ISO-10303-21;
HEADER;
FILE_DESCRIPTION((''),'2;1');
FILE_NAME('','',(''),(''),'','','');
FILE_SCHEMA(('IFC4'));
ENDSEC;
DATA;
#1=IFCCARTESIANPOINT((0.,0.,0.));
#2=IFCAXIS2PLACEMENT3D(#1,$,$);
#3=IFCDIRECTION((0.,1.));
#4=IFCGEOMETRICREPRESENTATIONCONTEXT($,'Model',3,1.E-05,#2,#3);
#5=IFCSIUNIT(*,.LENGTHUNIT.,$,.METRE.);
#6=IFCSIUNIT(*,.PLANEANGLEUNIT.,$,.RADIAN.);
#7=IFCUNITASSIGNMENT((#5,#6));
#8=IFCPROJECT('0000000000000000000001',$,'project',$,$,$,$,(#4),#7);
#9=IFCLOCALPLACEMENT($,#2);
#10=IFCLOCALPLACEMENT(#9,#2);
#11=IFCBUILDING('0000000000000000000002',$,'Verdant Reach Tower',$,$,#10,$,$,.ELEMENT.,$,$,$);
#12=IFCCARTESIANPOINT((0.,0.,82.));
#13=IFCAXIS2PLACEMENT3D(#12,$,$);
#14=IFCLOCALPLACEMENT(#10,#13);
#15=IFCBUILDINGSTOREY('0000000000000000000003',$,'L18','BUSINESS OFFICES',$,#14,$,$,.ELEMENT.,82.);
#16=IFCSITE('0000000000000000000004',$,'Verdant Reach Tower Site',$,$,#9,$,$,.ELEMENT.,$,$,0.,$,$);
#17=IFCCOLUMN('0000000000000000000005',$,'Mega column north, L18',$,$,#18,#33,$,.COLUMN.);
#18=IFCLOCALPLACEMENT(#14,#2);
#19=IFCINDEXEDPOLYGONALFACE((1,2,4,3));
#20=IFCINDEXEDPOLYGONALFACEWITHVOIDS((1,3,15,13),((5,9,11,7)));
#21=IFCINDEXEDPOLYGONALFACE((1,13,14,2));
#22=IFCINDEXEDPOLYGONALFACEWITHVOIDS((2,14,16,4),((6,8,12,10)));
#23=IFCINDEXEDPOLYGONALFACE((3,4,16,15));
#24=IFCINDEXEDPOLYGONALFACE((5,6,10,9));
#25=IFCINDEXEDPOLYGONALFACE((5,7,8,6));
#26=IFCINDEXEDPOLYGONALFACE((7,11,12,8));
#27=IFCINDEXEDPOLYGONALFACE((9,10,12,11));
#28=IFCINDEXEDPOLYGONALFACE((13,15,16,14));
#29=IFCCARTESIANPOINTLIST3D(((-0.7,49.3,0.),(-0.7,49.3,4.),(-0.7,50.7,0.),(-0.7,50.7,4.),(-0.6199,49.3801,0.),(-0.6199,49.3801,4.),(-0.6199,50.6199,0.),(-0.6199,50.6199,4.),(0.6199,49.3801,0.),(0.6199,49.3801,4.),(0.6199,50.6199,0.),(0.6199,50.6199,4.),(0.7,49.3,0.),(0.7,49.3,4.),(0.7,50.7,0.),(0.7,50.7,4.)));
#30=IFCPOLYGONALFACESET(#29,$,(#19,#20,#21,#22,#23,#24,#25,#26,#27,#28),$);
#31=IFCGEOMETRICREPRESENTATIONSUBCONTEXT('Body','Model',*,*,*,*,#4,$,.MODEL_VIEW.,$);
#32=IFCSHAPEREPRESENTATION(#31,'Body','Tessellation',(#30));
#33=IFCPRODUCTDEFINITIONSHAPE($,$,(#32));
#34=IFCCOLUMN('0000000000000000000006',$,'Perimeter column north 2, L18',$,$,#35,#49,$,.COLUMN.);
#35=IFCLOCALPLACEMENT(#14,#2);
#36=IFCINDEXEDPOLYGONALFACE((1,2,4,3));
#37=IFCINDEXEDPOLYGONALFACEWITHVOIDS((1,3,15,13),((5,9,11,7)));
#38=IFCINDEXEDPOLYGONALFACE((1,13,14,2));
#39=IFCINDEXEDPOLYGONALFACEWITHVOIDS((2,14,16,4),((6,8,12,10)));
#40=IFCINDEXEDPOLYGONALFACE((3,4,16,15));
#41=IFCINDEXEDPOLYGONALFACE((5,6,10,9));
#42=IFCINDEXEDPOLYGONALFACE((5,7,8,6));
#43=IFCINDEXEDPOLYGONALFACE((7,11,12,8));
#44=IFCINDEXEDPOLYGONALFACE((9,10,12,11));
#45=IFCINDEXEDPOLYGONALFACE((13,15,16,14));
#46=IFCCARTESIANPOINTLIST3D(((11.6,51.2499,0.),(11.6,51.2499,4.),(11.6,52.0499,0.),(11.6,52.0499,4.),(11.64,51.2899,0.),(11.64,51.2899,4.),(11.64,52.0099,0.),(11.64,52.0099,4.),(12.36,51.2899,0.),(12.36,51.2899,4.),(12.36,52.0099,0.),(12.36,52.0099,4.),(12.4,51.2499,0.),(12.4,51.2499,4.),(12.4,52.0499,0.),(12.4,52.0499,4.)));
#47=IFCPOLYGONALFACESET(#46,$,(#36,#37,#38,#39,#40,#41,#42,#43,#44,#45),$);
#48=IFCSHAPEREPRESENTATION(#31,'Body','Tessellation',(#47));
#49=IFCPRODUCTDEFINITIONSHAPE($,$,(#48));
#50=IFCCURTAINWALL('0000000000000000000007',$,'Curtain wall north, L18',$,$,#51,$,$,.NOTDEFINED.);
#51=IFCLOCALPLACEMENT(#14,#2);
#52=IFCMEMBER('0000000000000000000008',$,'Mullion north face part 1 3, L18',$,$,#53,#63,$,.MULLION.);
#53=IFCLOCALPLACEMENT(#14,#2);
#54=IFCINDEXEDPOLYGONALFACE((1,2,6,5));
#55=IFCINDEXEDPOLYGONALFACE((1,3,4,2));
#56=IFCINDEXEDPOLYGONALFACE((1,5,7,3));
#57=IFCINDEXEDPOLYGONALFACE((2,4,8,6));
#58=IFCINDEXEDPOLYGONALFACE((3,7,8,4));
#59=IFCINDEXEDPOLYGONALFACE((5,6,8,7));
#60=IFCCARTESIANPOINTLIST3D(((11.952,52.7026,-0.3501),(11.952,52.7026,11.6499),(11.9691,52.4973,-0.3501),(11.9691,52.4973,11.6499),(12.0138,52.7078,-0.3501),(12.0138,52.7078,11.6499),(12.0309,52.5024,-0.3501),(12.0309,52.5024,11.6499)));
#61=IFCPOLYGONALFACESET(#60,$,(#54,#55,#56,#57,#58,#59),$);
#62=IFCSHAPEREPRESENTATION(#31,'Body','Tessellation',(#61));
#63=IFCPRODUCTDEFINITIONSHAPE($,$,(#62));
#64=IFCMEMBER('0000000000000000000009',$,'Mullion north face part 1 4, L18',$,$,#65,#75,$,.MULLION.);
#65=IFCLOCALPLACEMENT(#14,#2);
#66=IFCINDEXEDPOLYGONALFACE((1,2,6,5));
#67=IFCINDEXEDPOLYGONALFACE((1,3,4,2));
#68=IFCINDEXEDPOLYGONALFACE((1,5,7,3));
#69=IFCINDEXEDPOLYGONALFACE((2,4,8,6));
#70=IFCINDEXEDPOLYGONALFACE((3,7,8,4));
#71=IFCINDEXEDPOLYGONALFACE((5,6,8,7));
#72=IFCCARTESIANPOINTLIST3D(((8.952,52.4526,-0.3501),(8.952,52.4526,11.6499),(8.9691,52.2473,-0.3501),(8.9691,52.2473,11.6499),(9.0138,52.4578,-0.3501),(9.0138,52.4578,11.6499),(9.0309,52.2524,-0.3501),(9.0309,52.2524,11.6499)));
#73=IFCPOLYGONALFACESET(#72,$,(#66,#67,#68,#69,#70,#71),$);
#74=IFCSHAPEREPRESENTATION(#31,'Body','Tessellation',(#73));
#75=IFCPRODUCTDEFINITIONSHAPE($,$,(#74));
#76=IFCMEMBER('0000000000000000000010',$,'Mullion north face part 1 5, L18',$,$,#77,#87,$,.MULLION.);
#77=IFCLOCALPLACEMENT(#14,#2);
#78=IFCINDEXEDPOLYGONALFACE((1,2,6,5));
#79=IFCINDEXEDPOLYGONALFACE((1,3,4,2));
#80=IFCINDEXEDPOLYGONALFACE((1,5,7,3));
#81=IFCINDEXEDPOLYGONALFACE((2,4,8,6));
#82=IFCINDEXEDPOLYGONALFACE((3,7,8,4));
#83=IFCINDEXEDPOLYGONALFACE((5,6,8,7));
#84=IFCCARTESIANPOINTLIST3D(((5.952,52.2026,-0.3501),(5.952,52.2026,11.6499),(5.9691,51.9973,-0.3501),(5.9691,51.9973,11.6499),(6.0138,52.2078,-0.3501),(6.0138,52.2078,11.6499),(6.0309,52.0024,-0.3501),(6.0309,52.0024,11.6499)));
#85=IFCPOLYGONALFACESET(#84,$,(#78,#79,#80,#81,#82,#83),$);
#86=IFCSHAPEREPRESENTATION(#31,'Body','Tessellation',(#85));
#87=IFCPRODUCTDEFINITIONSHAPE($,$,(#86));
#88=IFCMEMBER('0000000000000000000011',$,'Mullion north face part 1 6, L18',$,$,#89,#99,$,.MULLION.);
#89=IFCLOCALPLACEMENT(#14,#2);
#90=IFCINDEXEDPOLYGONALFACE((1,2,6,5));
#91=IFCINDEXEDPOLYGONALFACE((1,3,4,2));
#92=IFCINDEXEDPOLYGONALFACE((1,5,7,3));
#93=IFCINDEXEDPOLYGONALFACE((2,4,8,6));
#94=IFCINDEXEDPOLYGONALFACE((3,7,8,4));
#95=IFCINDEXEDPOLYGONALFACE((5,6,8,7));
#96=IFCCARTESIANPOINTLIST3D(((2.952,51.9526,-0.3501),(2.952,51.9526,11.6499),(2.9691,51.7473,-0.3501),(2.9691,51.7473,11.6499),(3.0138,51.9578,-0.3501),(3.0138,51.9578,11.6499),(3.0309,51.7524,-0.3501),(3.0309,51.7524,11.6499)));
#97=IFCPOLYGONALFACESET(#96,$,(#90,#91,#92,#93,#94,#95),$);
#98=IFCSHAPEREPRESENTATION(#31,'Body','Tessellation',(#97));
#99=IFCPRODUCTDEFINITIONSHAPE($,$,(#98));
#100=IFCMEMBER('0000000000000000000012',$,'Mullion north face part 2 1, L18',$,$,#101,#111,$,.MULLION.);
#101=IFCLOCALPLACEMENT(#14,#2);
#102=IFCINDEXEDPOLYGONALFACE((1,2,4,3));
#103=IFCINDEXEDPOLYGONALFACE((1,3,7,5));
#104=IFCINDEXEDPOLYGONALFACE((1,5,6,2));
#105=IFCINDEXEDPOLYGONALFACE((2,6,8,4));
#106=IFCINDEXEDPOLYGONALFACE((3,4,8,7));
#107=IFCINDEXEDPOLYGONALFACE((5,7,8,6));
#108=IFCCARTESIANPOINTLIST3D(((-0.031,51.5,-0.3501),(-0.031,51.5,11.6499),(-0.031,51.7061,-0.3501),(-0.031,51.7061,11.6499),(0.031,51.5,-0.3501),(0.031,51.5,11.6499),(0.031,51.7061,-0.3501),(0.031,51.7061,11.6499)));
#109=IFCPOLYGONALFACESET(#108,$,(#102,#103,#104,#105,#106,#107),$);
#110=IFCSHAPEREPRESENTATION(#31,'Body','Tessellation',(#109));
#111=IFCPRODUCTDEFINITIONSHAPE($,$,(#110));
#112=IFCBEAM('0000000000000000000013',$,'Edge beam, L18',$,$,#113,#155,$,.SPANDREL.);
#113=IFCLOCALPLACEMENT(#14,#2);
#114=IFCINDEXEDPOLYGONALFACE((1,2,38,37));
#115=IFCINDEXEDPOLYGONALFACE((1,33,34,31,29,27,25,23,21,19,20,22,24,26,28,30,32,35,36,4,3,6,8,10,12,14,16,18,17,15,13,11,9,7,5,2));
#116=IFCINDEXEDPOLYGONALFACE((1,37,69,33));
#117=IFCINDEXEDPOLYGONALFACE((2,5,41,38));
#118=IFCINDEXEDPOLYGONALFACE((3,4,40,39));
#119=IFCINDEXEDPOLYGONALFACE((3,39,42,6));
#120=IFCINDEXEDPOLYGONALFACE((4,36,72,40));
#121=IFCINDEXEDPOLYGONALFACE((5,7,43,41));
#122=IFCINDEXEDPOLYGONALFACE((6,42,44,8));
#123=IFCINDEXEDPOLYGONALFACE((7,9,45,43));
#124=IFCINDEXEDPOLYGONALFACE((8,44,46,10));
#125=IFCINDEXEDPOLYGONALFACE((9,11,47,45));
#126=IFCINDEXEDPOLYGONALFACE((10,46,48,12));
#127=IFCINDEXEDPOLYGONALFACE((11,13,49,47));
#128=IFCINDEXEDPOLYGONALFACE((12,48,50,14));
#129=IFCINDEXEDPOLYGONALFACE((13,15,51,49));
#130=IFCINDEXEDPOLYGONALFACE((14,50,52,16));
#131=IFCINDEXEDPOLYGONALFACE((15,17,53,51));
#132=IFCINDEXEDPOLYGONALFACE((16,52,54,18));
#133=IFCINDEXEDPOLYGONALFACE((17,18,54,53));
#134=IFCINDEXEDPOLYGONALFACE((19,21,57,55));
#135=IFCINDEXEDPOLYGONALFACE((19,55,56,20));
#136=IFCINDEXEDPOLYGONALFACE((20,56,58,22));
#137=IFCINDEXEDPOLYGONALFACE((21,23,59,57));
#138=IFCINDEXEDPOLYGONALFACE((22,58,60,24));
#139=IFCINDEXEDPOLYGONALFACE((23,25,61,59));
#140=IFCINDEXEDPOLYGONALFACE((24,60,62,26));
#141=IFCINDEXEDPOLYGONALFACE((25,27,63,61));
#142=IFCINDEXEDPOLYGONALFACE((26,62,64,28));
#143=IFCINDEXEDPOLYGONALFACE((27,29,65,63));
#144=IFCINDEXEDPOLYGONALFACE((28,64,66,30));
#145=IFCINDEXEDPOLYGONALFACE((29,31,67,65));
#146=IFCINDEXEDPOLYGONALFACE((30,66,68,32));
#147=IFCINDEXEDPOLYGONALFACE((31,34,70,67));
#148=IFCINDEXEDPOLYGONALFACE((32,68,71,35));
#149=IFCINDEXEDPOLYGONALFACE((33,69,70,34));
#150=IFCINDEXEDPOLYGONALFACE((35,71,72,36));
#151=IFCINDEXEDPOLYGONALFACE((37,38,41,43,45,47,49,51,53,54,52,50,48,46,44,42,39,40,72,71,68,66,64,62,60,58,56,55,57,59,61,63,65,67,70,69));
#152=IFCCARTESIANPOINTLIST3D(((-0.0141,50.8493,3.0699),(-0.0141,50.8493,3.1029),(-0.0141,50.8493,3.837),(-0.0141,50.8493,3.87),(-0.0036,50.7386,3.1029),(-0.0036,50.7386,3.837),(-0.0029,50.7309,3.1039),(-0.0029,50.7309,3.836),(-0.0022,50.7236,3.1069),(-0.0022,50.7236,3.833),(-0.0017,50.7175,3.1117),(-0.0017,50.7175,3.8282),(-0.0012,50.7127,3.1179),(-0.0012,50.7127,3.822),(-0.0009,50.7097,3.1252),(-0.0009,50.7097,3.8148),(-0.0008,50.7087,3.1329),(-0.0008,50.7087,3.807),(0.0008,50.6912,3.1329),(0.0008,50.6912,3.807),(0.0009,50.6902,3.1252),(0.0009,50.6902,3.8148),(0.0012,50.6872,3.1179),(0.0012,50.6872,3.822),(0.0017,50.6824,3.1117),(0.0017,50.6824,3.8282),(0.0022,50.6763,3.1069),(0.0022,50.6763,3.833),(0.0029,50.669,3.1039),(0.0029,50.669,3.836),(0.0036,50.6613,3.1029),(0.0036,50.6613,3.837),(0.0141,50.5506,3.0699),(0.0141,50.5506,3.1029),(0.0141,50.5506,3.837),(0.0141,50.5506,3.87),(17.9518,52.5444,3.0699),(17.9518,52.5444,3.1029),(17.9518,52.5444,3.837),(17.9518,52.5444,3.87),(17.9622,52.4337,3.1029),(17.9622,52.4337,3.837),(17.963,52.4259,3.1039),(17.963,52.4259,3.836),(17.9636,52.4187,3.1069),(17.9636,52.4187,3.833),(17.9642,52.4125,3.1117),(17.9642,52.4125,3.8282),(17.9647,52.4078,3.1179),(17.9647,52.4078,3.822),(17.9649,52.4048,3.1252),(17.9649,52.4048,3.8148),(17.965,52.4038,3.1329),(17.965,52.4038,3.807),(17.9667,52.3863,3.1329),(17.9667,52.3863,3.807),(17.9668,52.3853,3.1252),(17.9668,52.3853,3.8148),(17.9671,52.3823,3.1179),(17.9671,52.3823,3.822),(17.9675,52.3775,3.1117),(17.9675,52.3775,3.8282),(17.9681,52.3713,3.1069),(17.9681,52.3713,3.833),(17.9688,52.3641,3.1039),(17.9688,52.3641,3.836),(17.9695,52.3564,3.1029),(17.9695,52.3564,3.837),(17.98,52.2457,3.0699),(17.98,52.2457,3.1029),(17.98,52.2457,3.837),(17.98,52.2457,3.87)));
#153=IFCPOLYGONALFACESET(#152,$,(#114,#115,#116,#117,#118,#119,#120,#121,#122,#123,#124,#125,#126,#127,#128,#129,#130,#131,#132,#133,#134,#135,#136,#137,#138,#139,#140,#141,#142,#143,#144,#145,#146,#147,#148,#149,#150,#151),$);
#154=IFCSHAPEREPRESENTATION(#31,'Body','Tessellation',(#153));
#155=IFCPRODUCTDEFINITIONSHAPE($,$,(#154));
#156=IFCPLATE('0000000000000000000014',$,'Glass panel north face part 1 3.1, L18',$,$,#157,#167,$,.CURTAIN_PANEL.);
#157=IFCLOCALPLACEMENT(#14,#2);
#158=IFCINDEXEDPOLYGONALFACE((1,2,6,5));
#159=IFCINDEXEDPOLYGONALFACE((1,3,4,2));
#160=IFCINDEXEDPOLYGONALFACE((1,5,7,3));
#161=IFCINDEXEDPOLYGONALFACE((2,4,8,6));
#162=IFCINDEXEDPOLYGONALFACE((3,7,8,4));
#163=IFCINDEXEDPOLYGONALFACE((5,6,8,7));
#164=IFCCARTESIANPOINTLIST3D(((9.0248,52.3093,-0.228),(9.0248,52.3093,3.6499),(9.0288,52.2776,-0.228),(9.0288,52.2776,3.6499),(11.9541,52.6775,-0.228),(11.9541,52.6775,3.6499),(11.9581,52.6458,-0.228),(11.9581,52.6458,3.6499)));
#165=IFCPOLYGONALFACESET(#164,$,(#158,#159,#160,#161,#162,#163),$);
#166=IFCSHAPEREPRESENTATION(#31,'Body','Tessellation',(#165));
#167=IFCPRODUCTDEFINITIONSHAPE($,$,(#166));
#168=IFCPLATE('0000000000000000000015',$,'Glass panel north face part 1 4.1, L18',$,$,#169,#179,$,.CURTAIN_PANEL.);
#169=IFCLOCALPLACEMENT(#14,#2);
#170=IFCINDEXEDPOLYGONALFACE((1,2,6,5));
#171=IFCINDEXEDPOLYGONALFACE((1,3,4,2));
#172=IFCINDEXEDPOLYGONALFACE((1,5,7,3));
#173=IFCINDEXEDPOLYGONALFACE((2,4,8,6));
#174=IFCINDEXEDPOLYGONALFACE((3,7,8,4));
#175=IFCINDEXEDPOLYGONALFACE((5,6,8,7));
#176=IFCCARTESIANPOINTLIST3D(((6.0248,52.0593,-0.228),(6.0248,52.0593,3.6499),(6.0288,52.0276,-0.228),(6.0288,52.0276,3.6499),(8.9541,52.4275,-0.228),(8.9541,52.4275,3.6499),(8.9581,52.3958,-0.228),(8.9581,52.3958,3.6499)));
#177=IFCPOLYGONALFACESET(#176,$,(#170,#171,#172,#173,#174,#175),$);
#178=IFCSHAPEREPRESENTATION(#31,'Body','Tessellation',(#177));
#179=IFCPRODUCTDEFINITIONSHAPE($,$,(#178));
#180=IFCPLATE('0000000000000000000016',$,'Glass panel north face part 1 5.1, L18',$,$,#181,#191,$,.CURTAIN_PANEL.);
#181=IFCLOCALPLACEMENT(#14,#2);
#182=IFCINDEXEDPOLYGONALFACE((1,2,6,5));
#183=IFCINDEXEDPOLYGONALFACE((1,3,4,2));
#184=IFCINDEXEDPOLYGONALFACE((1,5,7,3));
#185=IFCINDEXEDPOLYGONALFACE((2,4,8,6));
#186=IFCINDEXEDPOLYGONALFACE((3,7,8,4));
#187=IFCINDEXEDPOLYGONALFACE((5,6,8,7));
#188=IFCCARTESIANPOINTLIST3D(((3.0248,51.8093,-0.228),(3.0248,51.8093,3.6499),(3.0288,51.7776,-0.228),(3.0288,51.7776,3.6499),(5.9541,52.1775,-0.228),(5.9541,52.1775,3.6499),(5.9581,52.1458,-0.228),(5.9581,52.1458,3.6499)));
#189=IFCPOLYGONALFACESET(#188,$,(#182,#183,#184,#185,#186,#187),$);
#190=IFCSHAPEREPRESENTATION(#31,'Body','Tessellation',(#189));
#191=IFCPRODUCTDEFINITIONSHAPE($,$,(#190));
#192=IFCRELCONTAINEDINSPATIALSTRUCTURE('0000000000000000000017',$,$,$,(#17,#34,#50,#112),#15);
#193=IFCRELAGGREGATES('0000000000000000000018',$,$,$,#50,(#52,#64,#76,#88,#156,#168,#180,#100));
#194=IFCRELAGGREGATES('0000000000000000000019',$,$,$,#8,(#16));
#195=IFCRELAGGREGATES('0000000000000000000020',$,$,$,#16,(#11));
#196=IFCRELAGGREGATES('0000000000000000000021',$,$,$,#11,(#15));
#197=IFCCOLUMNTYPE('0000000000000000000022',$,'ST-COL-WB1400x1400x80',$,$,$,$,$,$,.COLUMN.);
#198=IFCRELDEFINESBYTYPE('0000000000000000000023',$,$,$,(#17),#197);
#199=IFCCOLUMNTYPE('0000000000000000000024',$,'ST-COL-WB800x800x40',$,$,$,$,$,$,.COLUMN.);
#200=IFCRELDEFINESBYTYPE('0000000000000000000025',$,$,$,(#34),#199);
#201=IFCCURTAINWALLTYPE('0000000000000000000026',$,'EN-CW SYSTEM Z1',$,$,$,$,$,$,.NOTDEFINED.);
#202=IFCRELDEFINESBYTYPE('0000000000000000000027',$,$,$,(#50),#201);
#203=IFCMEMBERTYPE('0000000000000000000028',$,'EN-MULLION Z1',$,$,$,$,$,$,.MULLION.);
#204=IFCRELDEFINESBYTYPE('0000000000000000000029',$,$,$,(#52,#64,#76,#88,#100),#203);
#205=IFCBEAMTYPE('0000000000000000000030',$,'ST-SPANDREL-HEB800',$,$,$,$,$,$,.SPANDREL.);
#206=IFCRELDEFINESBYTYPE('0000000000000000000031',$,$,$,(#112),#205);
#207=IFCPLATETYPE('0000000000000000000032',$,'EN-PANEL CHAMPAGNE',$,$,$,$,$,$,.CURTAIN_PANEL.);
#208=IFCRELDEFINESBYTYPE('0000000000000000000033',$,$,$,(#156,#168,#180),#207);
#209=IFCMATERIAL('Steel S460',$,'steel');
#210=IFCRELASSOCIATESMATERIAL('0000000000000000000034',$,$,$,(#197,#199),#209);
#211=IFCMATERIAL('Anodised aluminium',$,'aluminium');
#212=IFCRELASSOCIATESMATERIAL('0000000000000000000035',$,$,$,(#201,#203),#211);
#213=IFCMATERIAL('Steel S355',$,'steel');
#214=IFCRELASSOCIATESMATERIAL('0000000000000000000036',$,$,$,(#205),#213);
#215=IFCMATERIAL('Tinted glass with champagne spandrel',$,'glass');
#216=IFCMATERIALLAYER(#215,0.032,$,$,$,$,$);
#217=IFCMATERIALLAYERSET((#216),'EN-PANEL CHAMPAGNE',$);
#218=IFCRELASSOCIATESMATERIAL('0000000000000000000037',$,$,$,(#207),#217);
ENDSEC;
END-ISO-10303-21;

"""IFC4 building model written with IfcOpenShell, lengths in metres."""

from ifc_helpers import new_model, si_unit, direction, frame, origin, origin_2d, place, context, subcontext, project, spatial, rectangle, hollow_rectangle, i_section, extrude, material, layer, layer_set, material_profile, profile_set, type_object, element, aggregate, save


model = new_model("IFC4")

# Units and contexts
model_context = context("Model", 3, precision=1e-05, world=origin(), true_north=direction((0.0, 1.0)))
body_context = subcontext(model_context, "Body", "Model", "MODEL_VIEW")
ifc_project = project(units=[si_unit("LENGTHUNIT", "METRE"), si_unit("PLANEANGLEUNIT", "RADIAN")], contexts=[model_context])

# Site, building, storey
site_placement = place(None, origin())
site = spatial("IfcSite", under=ifc_project, at=site_placement, Name="Verdant Reach Tower Site", CompositionType="ELEMENT", RefElevation=0.0)
building_placement = place(site_placement, origin())
building = spatial("IfcBuilding", under=site, at=building_placement, Name="Verdant Reach Tower", CompositionType="ELEMENT")
storey_placement = place(building_placement, frame((0.0, 0.0, 82.0)))
storey = spatial("IfcBuildingStorey", under=building, at=storey_placement, Name="L18", Description="BUSINESS OFFICES", CompositionType="ELEMENT", Elevation=82.0)

# Columns
ifc_material_1 = material(Name="Steel S460", Category="steel")
ifc_material_profile_1 = material_profile(ifc_material_1, hollow_rectangle(XDim=1.3999, YDim=1.3999, WallThickness=0.0801, at=origin_2d()), Name="WB 1400x1400x80")
ifc_profile_set_1 = profile_set([ifc_material_profile_1], Name="Steel S460")
column_type_1 = type_object("IfcColumnType", Name="ST-COL-WB1400x1400x80", PredefinedType="COLUMN", material=ifc_profile_set_1)
column_1_placement = place(storey_placement, frame((0.0, 50.0, 0.0), z_axis=(0.0, 0.0, 1.0), x_axis=(1.0, 0.0, 0.0)))
element("IfcColumn", 1, at=column_1_placement, inside=storey, type_object=column_type_1, Name="Mega column north, L18", PredefinedType="COLUMN", context=body_context, shape_type="SweptSolid", body=[
    extrude(hollow_rectangle(XDim=1.3999, YDim=1.3999, WallThickness=0.0801, at=origin_2d()), origin(), (0.0, 0.0, 1.0), 4.0),
])
ifc_material_profile_2 = material_profile(ifc_material_1, hollow_rectangle(XDim=0.8, YDim=0.8, WallThickness=0.04, at=origin_2d()), Name="WB 800x800x40")
ifc_profile_set_2 = profile_set([ifc_material_profile_2], Name="Steel S460")
column_type_2 = type_object("IfcColumnType", Name="ST-COL-WB800x800x40", PredefinedType="COLUMN", material=ifc_profile_set_2)
column_2_placement = place(storey_placement, frame((12.0, 51.6499, 0.0), z_axis=(0.0, 0.0, 1.0), x_axis=(1.0, 0.0, 0.0)))
element("IfcColumn", 2, at=column_2_placement, inside=storey, type_object=column_type_2, Name="Perimeter column north 2, L18", PredefinedType="COLUMN", context=body_context, shape_type="SweptSolid", body=[
    extrude(hollow_rectangle(XDim=0.8, YDim=0.8, WallThickness=0.04, at=origin_2d()), origin(), (0.0, 0.0, 1.0), 4.0),
])

# Curtain wall, members
ifc_material_2 = material(Name="Anodised aluminium", Category="aluminium")
curtain_wall_type = type_object("IfcCurtainWallType", Name="EN-CW SYSTEM Z1", PredefinedType="NOTDEFINED", material=ifc_material_2)
curtain_wall_placement = place(storey_placement, origin())
curtain_wall = element("IfcCurtainWall", 3, at=curtain_wall_placement, inside=storey, type_object=curtain_wall_type, Name="Curtain wall north, L18", PredefinedType="NOTDEFINED")
ifc_material_profile_3 = material_profile(ifc_material_2, rectangle(XDim=0.2061, YDim=0.062, at=origin_2d()), Name="Mullion 62x206")
ifc_profile_set_3 = profile_set([ifc_material_profile_3], Name="Anodised aluminium")
member_type = type_object("IfcMemberType", Name="EN-MULLION Z1", PredefinedType="MULLION", material=ifc_profile_set_3)
member_1_placement = place(storey_placement, frame((11.9915, 52.6025, -0.3501), z_axis=(0.0, 0.0, 1.0), x_axis=(-0.083045, 0.996546, 0.0)))
member_1 = element("IfcMember", 4, at=member_1_placement, type_object=member_type, Name="Mullion north face part 1 3, L18", PredefinedType="MULLION", context=body_context, shape_type="SweptSolid", body=[
    extrude(rectangle(XDim=0.2061, YDim=0.062, at=origin_2d()), origin(), (0.0, 0.0, 1.0), 12.0),
])
member_2_placement = place(storey_placement, frame((8.9915, 52.3525, -0.3501), z_axis=(0.0, 0.0, 1.0), x_axis=(-0.083045, 0.996546, 0.0)))
member_2 = element("IfcMember", 5, at=member_2_placement, type_object=member_type, Name="Mullion north face part 1 4, L18", PredefinedType="MULLION", context=body_context, shape_type="SweptSolid", body=[
    extrude(rectangle(XDim=0.2061, YDim=0.062, at=origin_2d()), origin(), (0.0, 0.0, 1.0), 12.0),
])
member_3_placement = place(storey_placement, frame((5.9915, 52.1025, -0.3501), z_axis=(0.0, 0.0, 1.0), x_axis=(-0.083045, 0.996546, 0.0)))
member_3 = element("IfcMember", 6, at=member_3_placement, type_object=member_type, Name="Mullion north face part 1 5, L18", PredefinedType="MULLION", context=body_context, shape_type="SweptSolid", body=[
    extrude(rectangle(XDim=0.2061, YDim=0.062, at=origin_2d()), origin(), (0.0, 0.0, 1.0), 12.0),
])
member_4_placement = place(storey_placement, frame((2.9915, 51.8525, -0.3501), z_axis=(0.0, 0.0, 1.0), x_axis=(-0.083045, 0.996546, 0.0)))
member_4 = element("IfcMember", 7, at=member_4_placement, type_object=member_type, Name="Mullion north face part 1 6, L18", PredefinedType="MULLION", context=body_context, shape_type="SweptSolid", body=[
    extrude(rectangle(XDim=0.2061, YDim=0.062, at=origin_2d()), origin(), (0.0, 0.0, 1.0), 12.0),
])
member_5_placement = place(storey_placement, frame((0.0, 51.603, -0.3501), z_axis=(0.0, 0.0, 1.0), x_axis=(0.0, 1.0, 0.0)))
member_5 = element("IfcMember", 8, at=member_5_placement, type_object=member_type, Name="Mullion north face part 2 1, L18", PredefinedType="MULLION", context=body_context, shape_type="SweptSolid", body=[
    extrude(rectangle(XDim=0.2061, YDim=0.062, at=origin_2d()), origin(), (0.0, 0.0, 1.0), 12.0),
])

# Beam
ifc_material_3 = material(Name="Steel S355", Category="steel")
ifc_material_profile_4 = material_profile(ifc_material_3, i_section(OverallWidth=0.3, OverallDepth=0.8, WebThickness=0.0176, FlangeThickness=0.033, FilletRadius=0.03, at=origin_2d()), Name="HEB 800")
ifc_profile_set_4 = profile_set([ifc_material_profile_4], Name="Steel S355")
beam_type = type_object("IfcBeamType", Name="ST-SPANDREL-HEB800", PredefinedType="SPANDREL", material=ifc_profile_set_4)
beam_placement = place(storey_placement, frame((0.0, 50.7, 3.47), z_axis=(0.995579, 0.093932, 0.0), x_axis=(-0.093932, 0.995579, 0.0)))
element("IfcBeam", 9, at=beam_placement, inside=storey, type_object=beam_type, Name="Edge beam, L18", PredefinedType="SPANDREL", context=body_context, shape_type="SweptSolid", body=[
    extrude(i_section(OverallWidth=0.3, OverallDepth=0.8, WebThickness=0.0176, FlangeThickness=0.033, FilletRadius=0.03, at=origin_2d()), origin(), (0.0, 0.0, 1.0), 18.0457),
])

# Plates
ifc_material_4 = material(Name="Tinted glass with champagne spandrel", Category="glass")
ifc_layer_1 = layer(ifc_material_4, 0.032)
ifc_layer_set_1 = layer_set([ifc_layer_1], Name="EN-PANEL CHAMPAGNE")
plate_type_1 = type_object("IfcPlateType", Name="EN-PANEL CHAMPAGNE", PredefinedType="CURTAIN_PANEL", material=ifc_layer_set_1)
plate_1_placement = place(storey_placement, frame((10.4915, 52.4775, -0.228), z_axis=(0.0, 0.0, 1.0), x_axis=(-0.992194, -0.124704, 0.0)))
plate_1 = element("IfcPlate", 10, at=plate_1_placement, type_object=plate_type_1, Name="Glass panel north face part 1 3.1, L18", PredefinedType="CURTAIN_PANEL", context=body_context, shape_type="SweptSolid", body=[
    extrude(rectangle(XDim=2.9524, YDim=0.032, at=origin_2d()), origin(), (0.0, 0.0, 1.0), 3.8779),
])
plate_2_placement = place(storey_placement, frame((7.4915, 52.2275, -0.228), z_axis=(0.0, 0.0, 1.0), x_axis=(-0.992194, -0.124704, 0.0)))
plate_2 = element("IfcPlate", 11, at=plate_2_placement, type_object=plate_type_1, Name="Glass panel north face part 1 4.1, L18", PredefinedType="CURTAIN_PANEL", context=body_context, shape_type="SweptSolid", body=[
    extrude(rectangle(XDim=2.9524, YDim=0.032, at=origin_2d()), origin(), (0.0, 0.0, 1.0), 3.8779),
])
plate_3_placement = place(storey_placement, frame((4.4915, 51.9775, -0.228), z_axis=(0.0, 0.0, 1.0), x_axis=(-0.992194, -0.124704, 0.0)))
plate_3 = element("IfcPlate", 12, at=plate_3_placement, type_object=plate_type_1, Name="Glass panel north face part 1 5.1, L18", PredefinedType="CURTAIN_PANEL", context=body_context, shape_type="SweptSolid", body=[
    extrude(rectangle(XDim=2.9524, YDim=0.032, at=origin_2d()), origin(), (0.0, 0.0, 1.0), 3.8779),
])
aggregate(curtain_wall, [member_1, member_2, member_3, member_4, plate_1, plate_2, plate_3, member_5])

save(model, "model.ifc")
